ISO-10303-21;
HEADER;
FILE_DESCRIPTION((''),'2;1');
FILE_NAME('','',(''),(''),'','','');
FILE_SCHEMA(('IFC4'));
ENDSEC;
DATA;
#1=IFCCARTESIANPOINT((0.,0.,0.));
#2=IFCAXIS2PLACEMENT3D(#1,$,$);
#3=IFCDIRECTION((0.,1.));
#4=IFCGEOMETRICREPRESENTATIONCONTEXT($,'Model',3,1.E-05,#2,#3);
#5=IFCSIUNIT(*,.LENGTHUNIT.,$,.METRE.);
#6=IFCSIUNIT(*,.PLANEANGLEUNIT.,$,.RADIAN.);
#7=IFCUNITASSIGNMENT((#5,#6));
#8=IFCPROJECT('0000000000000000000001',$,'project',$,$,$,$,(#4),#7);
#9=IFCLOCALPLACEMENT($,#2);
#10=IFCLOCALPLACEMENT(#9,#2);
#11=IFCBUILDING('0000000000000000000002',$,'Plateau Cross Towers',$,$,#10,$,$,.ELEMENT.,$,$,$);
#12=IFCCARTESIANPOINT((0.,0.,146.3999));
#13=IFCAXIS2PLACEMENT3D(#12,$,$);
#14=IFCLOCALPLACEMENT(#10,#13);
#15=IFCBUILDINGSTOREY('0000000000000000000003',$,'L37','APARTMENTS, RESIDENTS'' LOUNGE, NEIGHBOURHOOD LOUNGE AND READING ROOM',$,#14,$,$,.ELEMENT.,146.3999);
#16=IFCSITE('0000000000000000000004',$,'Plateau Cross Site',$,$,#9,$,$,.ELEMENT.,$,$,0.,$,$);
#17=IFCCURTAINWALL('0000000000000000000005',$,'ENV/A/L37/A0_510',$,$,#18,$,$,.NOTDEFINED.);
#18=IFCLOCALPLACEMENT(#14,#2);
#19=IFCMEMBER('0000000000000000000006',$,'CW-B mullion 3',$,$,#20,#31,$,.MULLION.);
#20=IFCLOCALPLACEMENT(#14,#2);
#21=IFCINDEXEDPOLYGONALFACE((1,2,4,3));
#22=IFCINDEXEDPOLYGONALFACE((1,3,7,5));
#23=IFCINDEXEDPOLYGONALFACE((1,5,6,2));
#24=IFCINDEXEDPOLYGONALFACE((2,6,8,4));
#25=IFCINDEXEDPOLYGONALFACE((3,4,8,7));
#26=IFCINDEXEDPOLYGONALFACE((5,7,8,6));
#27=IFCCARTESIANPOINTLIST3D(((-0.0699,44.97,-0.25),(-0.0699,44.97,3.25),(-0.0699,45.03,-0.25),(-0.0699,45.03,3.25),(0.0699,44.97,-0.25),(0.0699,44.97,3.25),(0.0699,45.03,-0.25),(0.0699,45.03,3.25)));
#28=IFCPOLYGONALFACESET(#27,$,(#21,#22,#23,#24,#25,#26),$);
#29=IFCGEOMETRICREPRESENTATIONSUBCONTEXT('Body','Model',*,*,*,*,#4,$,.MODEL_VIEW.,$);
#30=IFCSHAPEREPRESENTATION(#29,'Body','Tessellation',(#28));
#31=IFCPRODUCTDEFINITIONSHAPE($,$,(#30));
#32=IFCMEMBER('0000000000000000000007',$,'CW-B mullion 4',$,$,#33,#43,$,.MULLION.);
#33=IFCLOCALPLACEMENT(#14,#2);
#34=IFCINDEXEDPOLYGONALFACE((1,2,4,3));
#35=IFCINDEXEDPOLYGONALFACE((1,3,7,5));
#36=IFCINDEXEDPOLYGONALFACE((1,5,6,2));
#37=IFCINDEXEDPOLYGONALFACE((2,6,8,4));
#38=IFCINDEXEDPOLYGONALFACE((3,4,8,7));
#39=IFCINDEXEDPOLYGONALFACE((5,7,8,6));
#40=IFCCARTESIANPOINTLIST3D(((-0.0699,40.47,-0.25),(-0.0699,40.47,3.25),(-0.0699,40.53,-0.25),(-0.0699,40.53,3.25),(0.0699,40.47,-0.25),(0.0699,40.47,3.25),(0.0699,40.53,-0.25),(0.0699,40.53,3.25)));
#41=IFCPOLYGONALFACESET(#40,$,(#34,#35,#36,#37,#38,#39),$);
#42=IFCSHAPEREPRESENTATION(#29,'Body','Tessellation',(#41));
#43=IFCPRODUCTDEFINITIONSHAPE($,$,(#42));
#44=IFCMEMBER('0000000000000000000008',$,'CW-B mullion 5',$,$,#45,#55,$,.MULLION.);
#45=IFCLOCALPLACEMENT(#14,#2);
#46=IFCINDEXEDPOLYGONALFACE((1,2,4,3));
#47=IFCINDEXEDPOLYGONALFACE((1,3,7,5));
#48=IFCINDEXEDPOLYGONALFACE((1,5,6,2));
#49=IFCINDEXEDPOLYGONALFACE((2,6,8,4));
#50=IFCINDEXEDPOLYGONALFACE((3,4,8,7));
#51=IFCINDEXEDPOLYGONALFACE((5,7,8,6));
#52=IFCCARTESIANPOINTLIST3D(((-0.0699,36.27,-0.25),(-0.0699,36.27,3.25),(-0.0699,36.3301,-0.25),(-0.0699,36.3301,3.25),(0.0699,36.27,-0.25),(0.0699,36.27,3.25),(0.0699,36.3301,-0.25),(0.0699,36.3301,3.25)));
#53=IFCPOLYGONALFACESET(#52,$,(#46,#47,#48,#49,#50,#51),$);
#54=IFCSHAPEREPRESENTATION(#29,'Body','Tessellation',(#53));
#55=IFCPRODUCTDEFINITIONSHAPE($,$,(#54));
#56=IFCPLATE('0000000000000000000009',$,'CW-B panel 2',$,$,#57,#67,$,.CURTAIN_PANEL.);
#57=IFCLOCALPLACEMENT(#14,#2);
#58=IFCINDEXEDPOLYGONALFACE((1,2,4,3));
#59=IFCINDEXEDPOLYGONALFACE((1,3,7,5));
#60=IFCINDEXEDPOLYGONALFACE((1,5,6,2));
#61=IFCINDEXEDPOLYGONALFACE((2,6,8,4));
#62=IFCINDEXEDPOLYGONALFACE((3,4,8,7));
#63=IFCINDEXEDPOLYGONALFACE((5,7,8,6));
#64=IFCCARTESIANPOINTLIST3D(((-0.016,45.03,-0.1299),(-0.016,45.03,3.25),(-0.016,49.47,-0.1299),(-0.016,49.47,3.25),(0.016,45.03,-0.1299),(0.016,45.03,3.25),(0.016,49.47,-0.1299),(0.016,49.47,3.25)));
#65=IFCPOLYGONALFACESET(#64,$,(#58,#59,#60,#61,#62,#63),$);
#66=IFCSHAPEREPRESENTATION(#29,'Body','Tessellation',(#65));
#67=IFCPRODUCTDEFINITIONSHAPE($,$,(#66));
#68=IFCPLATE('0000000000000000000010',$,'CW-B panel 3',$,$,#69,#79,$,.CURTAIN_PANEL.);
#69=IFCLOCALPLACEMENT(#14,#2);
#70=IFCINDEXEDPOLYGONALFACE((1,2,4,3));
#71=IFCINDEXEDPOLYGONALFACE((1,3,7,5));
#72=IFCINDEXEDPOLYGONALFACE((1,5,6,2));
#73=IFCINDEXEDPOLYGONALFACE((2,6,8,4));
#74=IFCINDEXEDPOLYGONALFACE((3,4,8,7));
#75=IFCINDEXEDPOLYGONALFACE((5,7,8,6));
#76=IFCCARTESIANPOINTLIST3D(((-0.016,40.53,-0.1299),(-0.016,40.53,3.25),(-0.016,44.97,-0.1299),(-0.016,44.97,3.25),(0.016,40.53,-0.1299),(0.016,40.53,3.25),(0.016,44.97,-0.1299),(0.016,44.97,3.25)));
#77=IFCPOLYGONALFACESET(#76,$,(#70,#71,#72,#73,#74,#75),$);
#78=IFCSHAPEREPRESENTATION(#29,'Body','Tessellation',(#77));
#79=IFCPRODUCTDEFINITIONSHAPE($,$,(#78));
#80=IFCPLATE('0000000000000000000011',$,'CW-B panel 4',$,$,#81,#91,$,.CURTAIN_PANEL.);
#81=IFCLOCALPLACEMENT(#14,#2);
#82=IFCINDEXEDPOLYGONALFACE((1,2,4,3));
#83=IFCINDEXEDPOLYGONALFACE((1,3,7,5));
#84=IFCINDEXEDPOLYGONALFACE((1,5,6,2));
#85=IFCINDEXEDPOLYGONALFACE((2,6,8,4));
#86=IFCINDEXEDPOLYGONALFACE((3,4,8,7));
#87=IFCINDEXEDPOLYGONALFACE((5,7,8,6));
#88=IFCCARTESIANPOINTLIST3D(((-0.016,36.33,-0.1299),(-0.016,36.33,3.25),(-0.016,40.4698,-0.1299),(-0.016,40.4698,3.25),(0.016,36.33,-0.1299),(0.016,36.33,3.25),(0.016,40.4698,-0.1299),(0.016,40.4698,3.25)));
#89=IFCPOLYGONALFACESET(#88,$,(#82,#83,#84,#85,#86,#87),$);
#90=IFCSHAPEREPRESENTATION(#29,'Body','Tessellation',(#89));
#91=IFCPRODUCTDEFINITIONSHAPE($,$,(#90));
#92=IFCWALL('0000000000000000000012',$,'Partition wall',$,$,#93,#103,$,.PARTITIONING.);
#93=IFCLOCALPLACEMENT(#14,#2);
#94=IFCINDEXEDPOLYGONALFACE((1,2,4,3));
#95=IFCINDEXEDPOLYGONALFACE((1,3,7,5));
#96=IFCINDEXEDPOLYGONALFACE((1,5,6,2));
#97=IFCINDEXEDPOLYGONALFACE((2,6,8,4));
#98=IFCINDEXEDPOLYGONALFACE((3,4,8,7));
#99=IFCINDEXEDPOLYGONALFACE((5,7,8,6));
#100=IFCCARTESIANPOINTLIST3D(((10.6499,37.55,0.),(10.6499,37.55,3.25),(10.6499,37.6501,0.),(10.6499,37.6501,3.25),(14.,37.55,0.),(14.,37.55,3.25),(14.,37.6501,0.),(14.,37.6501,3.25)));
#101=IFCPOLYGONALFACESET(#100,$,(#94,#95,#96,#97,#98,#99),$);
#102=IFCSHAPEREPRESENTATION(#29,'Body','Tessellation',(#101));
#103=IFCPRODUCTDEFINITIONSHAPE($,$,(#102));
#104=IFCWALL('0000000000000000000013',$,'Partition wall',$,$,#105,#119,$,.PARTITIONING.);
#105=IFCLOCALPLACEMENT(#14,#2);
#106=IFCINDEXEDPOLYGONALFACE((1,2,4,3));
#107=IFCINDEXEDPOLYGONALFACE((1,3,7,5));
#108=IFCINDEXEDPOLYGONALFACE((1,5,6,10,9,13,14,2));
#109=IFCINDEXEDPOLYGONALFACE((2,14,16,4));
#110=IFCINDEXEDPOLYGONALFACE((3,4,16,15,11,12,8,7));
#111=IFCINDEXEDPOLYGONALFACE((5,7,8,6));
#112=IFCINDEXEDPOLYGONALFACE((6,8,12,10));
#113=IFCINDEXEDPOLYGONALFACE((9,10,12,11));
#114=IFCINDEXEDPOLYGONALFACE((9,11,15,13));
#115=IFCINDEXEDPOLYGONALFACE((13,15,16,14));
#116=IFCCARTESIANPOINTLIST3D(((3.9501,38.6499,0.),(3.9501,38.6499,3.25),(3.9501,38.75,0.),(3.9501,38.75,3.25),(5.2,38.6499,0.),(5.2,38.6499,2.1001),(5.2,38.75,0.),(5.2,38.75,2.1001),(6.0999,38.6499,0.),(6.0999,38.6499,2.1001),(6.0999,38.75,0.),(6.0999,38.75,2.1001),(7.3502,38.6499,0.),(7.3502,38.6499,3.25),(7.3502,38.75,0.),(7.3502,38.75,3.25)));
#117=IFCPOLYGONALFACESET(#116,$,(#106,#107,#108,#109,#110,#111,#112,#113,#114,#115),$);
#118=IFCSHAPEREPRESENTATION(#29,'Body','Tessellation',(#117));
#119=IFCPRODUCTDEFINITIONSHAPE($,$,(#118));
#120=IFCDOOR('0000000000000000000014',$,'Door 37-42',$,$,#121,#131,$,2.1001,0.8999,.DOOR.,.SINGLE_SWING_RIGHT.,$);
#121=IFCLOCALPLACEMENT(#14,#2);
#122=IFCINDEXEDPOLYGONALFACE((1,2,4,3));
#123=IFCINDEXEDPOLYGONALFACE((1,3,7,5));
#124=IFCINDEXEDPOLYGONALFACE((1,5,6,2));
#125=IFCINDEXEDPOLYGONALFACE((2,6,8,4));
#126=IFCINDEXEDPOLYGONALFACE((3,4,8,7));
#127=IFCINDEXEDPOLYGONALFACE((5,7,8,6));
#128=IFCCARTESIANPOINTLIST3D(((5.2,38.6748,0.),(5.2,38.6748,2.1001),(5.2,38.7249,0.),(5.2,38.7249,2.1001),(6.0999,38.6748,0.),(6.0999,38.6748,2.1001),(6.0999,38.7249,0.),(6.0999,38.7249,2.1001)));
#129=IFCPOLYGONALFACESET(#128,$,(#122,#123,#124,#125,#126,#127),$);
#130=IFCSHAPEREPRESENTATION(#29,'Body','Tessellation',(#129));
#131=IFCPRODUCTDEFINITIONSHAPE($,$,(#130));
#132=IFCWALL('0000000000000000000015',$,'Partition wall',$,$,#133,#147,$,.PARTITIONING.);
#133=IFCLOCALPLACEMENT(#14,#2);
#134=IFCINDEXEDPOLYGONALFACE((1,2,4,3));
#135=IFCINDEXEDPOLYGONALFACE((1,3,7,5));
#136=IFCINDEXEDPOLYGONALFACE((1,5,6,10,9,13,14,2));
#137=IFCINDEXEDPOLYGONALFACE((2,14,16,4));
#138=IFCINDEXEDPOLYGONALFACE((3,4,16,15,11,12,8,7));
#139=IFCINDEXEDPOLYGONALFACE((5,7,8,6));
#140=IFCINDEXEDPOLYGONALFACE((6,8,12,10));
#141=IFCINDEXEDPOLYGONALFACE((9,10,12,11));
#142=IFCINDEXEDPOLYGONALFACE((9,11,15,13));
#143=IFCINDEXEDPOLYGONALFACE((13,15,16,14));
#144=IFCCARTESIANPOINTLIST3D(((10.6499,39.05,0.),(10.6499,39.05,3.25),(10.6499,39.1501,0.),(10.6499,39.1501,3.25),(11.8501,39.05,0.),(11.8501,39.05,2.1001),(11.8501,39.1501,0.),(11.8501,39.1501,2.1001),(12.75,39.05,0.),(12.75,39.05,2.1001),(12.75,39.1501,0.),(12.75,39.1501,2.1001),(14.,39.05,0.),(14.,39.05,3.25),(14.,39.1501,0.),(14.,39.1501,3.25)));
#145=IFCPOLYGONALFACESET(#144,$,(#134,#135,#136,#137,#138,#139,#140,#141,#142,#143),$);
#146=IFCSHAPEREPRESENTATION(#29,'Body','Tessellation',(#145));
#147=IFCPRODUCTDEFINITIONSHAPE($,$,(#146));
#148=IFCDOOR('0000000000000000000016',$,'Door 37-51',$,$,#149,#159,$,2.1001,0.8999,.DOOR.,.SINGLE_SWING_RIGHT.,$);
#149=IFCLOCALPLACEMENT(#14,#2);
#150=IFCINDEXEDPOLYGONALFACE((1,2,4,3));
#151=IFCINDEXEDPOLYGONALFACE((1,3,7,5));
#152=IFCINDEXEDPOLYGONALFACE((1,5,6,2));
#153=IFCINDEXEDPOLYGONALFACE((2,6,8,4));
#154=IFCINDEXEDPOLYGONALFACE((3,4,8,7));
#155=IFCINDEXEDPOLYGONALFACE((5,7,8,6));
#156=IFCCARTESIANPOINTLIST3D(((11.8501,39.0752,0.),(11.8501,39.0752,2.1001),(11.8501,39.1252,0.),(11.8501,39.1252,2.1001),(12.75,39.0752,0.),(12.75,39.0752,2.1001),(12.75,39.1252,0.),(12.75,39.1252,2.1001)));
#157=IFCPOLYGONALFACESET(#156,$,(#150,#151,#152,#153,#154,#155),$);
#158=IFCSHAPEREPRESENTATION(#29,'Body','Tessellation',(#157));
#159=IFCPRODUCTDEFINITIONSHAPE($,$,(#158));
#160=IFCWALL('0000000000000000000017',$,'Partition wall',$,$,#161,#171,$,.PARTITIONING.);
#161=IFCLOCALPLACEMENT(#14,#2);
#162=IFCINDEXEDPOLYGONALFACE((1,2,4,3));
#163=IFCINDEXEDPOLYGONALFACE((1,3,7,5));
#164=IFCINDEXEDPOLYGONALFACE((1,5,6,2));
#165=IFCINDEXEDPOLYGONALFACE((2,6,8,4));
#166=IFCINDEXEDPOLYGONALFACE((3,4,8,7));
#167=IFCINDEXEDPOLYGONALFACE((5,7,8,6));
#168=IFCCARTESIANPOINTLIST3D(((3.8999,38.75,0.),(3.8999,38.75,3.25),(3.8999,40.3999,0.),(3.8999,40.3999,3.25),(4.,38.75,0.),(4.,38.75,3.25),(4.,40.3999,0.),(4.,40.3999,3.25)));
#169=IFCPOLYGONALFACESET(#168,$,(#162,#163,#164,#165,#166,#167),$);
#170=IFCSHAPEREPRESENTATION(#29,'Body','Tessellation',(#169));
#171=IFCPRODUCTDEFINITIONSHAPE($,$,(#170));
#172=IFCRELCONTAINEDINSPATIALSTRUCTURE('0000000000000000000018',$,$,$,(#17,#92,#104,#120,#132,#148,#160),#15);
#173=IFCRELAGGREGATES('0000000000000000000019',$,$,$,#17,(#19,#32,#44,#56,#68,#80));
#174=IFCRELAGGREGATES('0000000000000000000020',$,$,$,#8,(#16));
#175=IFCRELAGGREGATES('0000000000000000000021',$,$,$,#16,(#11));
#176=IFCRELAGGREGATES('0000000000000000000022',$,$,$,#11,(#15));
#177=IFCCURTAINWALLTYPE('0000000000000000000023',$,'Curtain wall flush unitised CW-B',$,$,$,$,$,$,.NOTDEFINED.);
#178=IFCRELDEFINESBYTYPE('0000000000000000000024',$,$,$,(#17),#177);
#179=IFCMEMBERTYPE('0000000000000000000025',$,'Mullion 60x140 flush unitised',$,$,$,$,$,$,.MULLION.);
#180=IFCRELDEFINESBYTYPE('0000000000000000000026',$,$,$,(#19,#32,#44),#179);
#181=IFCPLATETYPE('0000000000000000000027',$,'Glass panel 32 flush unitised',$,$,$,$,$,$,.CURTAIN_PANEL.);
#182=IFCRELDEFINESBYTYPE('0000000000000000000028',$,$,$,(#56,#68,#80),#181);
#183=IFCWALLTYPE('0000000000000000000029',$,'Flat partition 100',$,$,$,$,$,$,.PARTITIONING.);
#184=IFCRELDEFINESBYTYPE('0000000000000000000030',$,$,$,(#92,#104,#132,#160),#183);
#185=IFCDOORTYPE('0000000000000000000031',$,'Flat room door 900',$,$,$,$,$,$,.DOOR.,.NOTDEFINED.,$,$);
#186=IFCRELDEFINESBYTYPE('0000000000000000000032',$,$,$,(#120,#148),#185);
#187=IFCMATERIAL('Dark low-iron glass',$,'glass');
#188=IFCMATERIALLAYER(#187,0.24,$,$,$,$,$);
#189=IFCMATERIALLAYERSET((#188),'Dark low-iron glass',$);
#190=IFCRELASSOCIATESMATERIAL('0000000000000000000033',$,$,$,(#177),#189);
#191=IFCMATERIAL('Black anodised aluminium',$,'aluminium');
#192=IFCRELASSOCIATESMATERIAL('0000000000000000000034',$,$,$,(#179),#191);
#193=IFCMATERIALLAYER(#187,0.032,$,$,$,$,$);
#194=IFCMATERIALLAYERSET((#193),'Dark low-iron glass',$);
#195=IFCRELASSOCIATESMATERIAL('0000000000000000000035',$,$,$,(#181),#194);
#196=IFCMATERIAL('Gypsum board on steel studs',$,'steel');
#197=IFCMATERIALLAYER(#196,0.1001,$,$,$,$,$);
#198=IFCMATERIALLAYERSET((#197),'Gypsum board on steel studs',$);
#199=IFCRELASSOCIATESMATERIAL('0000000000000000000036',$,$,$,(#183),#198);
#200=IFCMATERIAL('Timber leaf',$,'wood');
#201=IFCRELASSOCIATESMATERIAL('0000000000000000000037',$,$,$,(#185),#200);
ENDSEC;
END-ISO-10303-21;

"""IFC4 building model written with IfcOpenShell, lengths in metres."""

from ifc_helpers import new_model, si_unit, direction, frame, frame_2d, origin, origin_2d, place, context, subcontext, project, spatial, rectangle, extrude, material, layer, layer_set, material_profile, profile_set, type_object, element, fill, aggregate, save


model = new_model("IFC4")

# Units and contexts
model_context = context("Model", 3, precision=1e-05, world=origin(), true_north=direction((0.0, 1.0)))
body_context = subcontext(model_context, "Body", "Model", "MODEL_VIEW")
ifc_project = project(units=[si_unit("LENGTHUNIT", "METRE"), si_unit("PLANEANGLEUNIT", "RADIAN")], contexts=[model_context])

# Site, building, storey
site_placement = place(None, origin())
site = spatial("IfcSite", under=ifc_project, at=site_placement, Name="Plateau Cross Site", CompositionType="ELEMENT", RefElevation=0.0)
building_placement = place(site_placement, origin())
building = spatial("IfcBuilding", under=site, at=building_placement, Name="Plateau Cross Towers", CompositionType="ELEMENT")
storey_placement = place(building_placement, frame((0.0, 0.0, 146.3999)))
storey = spatial("IfcBuildingStorey", under=building, at=storey_placement, Name="L37", Description="APARTMENTS, RESIDENTS' LOUNGE, NEIGHBOURHOOD LOUNGE AND READING ROOM", CompositionType="ELEMENT", Elevation=146.3999)

# Curtain wall, members, plates
ifc_material_1 = material(Name="Dark low-iron glass", Category="glass")
ifc_layer_1 = layer(ifc_material_1, 0.24)
ifc_layer_set_1 = layer_set([ifc_layer_1], Name="Dark low-iron glass")
curtain_wall_type = type_object("IfcCurtainWallType", Name="Curtain wall flush unitised CW-B", PredefinedType="NOTDEFINED", material=ifc_layer_set_1)
curtain_wall_placement = place(storey_placement, origin())
curtain_wall = element("IfcCurtainWall", 1, at=curtain_wall_placement, inside=storey, type_object=curtain_wall_type, Name="ENV/A/L37/A0_510", PredefinedType="NOTDEFINED")
ifc_material_2 = material(Name="Black anodised aluminium", Category="aluminium")
ifc_material_profile = material_profile(ifc_material_2, rectangle(XDim=0.0601, YDim=0.1399, at=origin_2d()), Name="MULLION 60x140")
ifc_profile_set = profile_set([ifc_material_profile], Name="Black anodised aluminium")
member_type = type_object("IfcMemberType", Name="Mullion 60x140 flush unitised", PredefinedType="MULLION", material=ifc_profile_set)
member_1_placement = place(storey_placement, frame((0.0, 45.0, -0.25), z_axis=(0.0, 0.0, 1.0), x_axis=(0.0, -1.0, 0.0)))
member_1 = element("IfcMember", 2, at=member_1_placement, type_object=member_type, Name="CW-B mullion 3", PredefinedType="MULLION", context=body_context, shape_type="SweptSolid", body=[
    extrude(rectangle(XDim=0.0601, YDim=0.1399, at=origin_2d()), origin(), (0.0, 0.0, 1.0), 3.5),
])
member_2_placement = place(storey_placement, frame((0.0, 40.5, -0.25), z_axis=(0.0, 0.0, 1.0), x_axis=(0.0, -1.0, 0.0)))
member_2 = element("IfcMember", 3, at=member_2_placement, type_object=member_type, Name="CW-B mullion 4", PredefinedType="MULLION", context=body_context, shape_type="SweptSolid", body=[
    extrude(rectangle(XDim=0.0601, YDim=0.1399, at=origin_2d()), origin(), (0.0, 0.0, 1.0), 3.5),
])
member_3_placement = place(storey_placement, frame((0.0, 36.3, -0.25), z_axis=(0.0, 0.0, 1.0), x_axis=(0.0, -1.0, 0.0)))
member_3 = element("IfcMember", 4, at=member_3_placement, type_object=member_type, Name="CW-B mullion 5", PredefinedType="MULLION", context=body_context, shape_type="SweptSolid", body=[
    extrude(rectangle(XDim=0.0601, YDim=0.1399, at=origin_2d()), origin(), (0.0, 0.0, 1.0), 3.5),
])
ifc_layer_2 = layer(ifc_material_1, 0.032)
ifc_layer_set_2 = layer_set([ifc_layer_2], Name="Dark low-iron glass")
plate_type = type_object("IfcPlateType", Name="Glass panel 32 flush unitised", PredefinedType="CURTAIN_PANEL", material=ifc_layer_set_2)
plate_1_placement = place(storey_placement, frame((0.0, 47.25, -0.1299), z_axis=(0.0, 0.0, 1.0), x_axis=(0.0, -1.0, 0.0)))
plate_1 = element("IfcPlate", 5, at=plate_1_placement, type_object=plate_type, Name="CW-B panel 2", PredefinedType="CURTAIN_PANEL", context=body_context, shape_type="SweptSolid", body=[
    extrude(rectangle(XDim=4.4399, YDim=0.032, at=origin_2d()), origin(), (0.0, 0.0, 1.0), 3.3799),
])
plate_2_placement = place(storey_placement, frame((0.0, 42.75, -0.1299), z_axis=(0.0, 0.0, 1.0), x_axis=(0.0, -1.0, 0.0)))
plate_2 = element("IfcPlate", 6, at=plate_2_placement, type_object=plate_type, Name="CW-B panel 3", PredefinedType="CURTAIN_PANEL", context=body_context, shape_type="SweptSolid", body=[
    extrude(rectangle(XDim=4.4399, YDim=0.032, at=origin_2d()), origin(), (0.0, 0.0, 1.0), 3.3799),
])
plate_3_placement = place(storey_placement, frame((0.0, 38.3999, -0.1299), z_axis=(0.0, 0.0, 1.0), x_axis=(0.0, -1.0, 0.0)))
plate_3 = element("IfcPlate", 7, at=plate_3_placement, type_object=plate_type, Name="CW-B panel 4", PredefinedType="CURTAIN_PANEL", context=body_context, shape_type="SweptSolid", body=[
    extrude(rectangle(XDim=4.1399, YDim=0.032, at=origin_2d()), origin(), (0.0, 0.0, 1.0), 3.3799),
])
aggregate(curtain_wall, [member_1, member_2, member_3, plate_1, plate_2, plate_3])

# Wall
ifc_material_3 = material(Name="Gypsum board on steel studs", Category="steel")
ifc_layer_3 = layer(ifc_material_3, 0.1001)
ifc_layer_set_3 = layer_set([ifc_layer_3], Name="Gypsum board on steel studs")
wall_type_1 = type_object("IfcWallType", Name="Flat partition 100", PredefinedType="PARTITIONING", material=ifc_layer_set_3)
wall_1_placement = place(storey_placement, frame((14.0, 37.6001, 0.0), z_axis=(0.0, 0.0, 1.0), x_axis=(-1.0, 0.0, 0.0)))
element("IfcWall", 8, at=wall_1_placement, inside=storey, type_object=wall_type_1, Name="Partition wall", PredefinedType="PARTITIONING", context=body_context, shape_type="SweptSolid", body=[
    extrude(rectangle(XDim=3.3501, YDim=0.1001, at=frame_2d((1.675, 0.0))), origin(), (0.0, 0.0, 1.0), 3.25),
])

# Walls, openings, doors
wall_2_placement = place(storey_placement, frame((3.95, 38.7, 0.0), z_axis=(0.0, 0.0, 1.0), x_axis=(1.0, 0.0, 0.0)))
wall_2 = element("IfcWall", 9, at=wall_2_placement, inside=storey, type_object=wall_type_1, Name="Partition wall", PredefinedType="PARTITIONING", context=body_context, shape_type="SweptSolid", body=[
    extrude(rectangle(XDim=3.4001, YDim=0.1001, at=frame_2d((1.7002, 0.0))), origin(), (0.0, 0.0, 1.0), 3.25),
])
opening_1_placement = place(wall_2_placement, frame((1.25, 0.0, 0.0)))
opening_1 = element("IfcOpeningElement", 10, at=opening_1_placement, cuts=wall_2, PredefinedType="OPENING", context=body_context, shape_type="SweptSolid", body=[
    extrude(rectangle(XDim=0.8999, YDim=2.1001, at=frame_2d((0.45, 1.05))), frame((0.0, 0.0601, 0.0), z_axis=(0.0, -1.0, 0.0), x_axis=(1.0, 0.0, 0.0)), (0.0, 0.0, 1.0), 0.1201),
])
ifc_material_4 = material(Name="Timber leaf", Category="wood")
door_type_1 = type_object("IfcDoorType", Name="Flat room door 900", OperationType="NOTDEFINED", PredefinedType="DOOR", material=ifc_material_4)
door_1_placement = place(opening_1_placement, origin())
door_1 = element("IfcDoor", 11, at=door_1_placement, inside=storey, type_object=door_type_1, Name="Door 37-42", OperationType="SINGLE_SWING_RIGHT", OverallHeight=2.1001, OverallWidth=0.8999, PredefinedType="DOOR", context=body_context, shape_type="SweptSolid", body=[
    extrude(rectangle(XDim=0.8999, YDim=2.1001, at=frame_2d((0.45, 1.05))), frame((0.0, 0.0249, 0.0), z_axis=(0.0, -1.0, 0.0), x_axis=(1.0, 0.0, 0.0)), (0.0, 0.0, 1.0), 0.05),
])
fill(opening_1, door_1)
wall_3_placement = place(storey_placement, frame((14.0, 39.1001, 0.0), z_axis=(0.0, 0.0, 1.0), x_axis=(-1.0, 0.0, 0.0)))
wall_3 = element("IfcWall", 12, at=wall_3_placement, inside=storey, type_object=wall_type_1, Name="Partition wall", PredefinedType="PARTITIONING", context=body_context, shape_type="SweptSolid", body=[
    extrude(rectangle(XDim=3.3501, YDim=0.1001, at=frame_2d((1.675, 0.0))), origin(), (0.0, 0.0, 1.0), 3.25),
])
opening_2_placement = place(wall_3_placement, frame((1.25, 0.0, 0.0)))
opening_2 = element("IfcOpeningElement", 13, at=opening_2_placement, cuts=wall_3, PredefinedType="OPENING", context=body_context, shape_type="SweptSolid", body=[
    extrude(rectangle(XDim=0.8999, YDim=2.1001, at=frame_2d((0.45, 1.05))), frame((0.0, 0.0601, 0.0), z_axis=(0.0, -1.0, 0.0), x_axis=(1.0, 0.0, 0.0)), (0.0, 0.0, 1.0), 0.1201),
])
door_2_placement = place(opening_2_placement, origin())
door_2 = element("IfcDoor", 14, at=door_2_placement, inside=storey, type_object=door_type_1, Name="Door 37-51", OperationType="SINGLE_SWING_RIGHT", OverallHeight=2.1001, OverallWidth=0.8999, PredefinedType="DOOR", context=body_context, shape_type="SweptSolid", body=[
    extrude(rectangle(XDim=0.8999, YDim=2.1001, at=frame_2d((0.45, 1.05))), frame((0.0, 0.0249, 0.0), z_axis=(0.0, -1.0, 0.0), x_axis=(1.0, 0.0, 0.0)), (0.0, 0.0, 1.0), 0.05),
])
fill(opening_2, door_2)

# Wall
wall_4_placement = place(storey_placement, frame((3.95, 40.3999, 0.0), z_axis=(0.0, 0.0, 1.0), x_axis=(0.0, -1.0, 0.0)))
element("IfcWall", 15, at=wall_4_placement, inside=storey, type_object=wall_type_1, Name="Partition wall", PredefinedType="PARTITIONING", context=body_context, shape_type="SweptSolid", body=[
    extrude(rectangle(XDim=1.6499, YDim=0.1001, at=frame_2d((0.825, 0.0))), origin(), (0.0, 0.0, 1.0), 3.25),
])

save(model, "model.ifc")
